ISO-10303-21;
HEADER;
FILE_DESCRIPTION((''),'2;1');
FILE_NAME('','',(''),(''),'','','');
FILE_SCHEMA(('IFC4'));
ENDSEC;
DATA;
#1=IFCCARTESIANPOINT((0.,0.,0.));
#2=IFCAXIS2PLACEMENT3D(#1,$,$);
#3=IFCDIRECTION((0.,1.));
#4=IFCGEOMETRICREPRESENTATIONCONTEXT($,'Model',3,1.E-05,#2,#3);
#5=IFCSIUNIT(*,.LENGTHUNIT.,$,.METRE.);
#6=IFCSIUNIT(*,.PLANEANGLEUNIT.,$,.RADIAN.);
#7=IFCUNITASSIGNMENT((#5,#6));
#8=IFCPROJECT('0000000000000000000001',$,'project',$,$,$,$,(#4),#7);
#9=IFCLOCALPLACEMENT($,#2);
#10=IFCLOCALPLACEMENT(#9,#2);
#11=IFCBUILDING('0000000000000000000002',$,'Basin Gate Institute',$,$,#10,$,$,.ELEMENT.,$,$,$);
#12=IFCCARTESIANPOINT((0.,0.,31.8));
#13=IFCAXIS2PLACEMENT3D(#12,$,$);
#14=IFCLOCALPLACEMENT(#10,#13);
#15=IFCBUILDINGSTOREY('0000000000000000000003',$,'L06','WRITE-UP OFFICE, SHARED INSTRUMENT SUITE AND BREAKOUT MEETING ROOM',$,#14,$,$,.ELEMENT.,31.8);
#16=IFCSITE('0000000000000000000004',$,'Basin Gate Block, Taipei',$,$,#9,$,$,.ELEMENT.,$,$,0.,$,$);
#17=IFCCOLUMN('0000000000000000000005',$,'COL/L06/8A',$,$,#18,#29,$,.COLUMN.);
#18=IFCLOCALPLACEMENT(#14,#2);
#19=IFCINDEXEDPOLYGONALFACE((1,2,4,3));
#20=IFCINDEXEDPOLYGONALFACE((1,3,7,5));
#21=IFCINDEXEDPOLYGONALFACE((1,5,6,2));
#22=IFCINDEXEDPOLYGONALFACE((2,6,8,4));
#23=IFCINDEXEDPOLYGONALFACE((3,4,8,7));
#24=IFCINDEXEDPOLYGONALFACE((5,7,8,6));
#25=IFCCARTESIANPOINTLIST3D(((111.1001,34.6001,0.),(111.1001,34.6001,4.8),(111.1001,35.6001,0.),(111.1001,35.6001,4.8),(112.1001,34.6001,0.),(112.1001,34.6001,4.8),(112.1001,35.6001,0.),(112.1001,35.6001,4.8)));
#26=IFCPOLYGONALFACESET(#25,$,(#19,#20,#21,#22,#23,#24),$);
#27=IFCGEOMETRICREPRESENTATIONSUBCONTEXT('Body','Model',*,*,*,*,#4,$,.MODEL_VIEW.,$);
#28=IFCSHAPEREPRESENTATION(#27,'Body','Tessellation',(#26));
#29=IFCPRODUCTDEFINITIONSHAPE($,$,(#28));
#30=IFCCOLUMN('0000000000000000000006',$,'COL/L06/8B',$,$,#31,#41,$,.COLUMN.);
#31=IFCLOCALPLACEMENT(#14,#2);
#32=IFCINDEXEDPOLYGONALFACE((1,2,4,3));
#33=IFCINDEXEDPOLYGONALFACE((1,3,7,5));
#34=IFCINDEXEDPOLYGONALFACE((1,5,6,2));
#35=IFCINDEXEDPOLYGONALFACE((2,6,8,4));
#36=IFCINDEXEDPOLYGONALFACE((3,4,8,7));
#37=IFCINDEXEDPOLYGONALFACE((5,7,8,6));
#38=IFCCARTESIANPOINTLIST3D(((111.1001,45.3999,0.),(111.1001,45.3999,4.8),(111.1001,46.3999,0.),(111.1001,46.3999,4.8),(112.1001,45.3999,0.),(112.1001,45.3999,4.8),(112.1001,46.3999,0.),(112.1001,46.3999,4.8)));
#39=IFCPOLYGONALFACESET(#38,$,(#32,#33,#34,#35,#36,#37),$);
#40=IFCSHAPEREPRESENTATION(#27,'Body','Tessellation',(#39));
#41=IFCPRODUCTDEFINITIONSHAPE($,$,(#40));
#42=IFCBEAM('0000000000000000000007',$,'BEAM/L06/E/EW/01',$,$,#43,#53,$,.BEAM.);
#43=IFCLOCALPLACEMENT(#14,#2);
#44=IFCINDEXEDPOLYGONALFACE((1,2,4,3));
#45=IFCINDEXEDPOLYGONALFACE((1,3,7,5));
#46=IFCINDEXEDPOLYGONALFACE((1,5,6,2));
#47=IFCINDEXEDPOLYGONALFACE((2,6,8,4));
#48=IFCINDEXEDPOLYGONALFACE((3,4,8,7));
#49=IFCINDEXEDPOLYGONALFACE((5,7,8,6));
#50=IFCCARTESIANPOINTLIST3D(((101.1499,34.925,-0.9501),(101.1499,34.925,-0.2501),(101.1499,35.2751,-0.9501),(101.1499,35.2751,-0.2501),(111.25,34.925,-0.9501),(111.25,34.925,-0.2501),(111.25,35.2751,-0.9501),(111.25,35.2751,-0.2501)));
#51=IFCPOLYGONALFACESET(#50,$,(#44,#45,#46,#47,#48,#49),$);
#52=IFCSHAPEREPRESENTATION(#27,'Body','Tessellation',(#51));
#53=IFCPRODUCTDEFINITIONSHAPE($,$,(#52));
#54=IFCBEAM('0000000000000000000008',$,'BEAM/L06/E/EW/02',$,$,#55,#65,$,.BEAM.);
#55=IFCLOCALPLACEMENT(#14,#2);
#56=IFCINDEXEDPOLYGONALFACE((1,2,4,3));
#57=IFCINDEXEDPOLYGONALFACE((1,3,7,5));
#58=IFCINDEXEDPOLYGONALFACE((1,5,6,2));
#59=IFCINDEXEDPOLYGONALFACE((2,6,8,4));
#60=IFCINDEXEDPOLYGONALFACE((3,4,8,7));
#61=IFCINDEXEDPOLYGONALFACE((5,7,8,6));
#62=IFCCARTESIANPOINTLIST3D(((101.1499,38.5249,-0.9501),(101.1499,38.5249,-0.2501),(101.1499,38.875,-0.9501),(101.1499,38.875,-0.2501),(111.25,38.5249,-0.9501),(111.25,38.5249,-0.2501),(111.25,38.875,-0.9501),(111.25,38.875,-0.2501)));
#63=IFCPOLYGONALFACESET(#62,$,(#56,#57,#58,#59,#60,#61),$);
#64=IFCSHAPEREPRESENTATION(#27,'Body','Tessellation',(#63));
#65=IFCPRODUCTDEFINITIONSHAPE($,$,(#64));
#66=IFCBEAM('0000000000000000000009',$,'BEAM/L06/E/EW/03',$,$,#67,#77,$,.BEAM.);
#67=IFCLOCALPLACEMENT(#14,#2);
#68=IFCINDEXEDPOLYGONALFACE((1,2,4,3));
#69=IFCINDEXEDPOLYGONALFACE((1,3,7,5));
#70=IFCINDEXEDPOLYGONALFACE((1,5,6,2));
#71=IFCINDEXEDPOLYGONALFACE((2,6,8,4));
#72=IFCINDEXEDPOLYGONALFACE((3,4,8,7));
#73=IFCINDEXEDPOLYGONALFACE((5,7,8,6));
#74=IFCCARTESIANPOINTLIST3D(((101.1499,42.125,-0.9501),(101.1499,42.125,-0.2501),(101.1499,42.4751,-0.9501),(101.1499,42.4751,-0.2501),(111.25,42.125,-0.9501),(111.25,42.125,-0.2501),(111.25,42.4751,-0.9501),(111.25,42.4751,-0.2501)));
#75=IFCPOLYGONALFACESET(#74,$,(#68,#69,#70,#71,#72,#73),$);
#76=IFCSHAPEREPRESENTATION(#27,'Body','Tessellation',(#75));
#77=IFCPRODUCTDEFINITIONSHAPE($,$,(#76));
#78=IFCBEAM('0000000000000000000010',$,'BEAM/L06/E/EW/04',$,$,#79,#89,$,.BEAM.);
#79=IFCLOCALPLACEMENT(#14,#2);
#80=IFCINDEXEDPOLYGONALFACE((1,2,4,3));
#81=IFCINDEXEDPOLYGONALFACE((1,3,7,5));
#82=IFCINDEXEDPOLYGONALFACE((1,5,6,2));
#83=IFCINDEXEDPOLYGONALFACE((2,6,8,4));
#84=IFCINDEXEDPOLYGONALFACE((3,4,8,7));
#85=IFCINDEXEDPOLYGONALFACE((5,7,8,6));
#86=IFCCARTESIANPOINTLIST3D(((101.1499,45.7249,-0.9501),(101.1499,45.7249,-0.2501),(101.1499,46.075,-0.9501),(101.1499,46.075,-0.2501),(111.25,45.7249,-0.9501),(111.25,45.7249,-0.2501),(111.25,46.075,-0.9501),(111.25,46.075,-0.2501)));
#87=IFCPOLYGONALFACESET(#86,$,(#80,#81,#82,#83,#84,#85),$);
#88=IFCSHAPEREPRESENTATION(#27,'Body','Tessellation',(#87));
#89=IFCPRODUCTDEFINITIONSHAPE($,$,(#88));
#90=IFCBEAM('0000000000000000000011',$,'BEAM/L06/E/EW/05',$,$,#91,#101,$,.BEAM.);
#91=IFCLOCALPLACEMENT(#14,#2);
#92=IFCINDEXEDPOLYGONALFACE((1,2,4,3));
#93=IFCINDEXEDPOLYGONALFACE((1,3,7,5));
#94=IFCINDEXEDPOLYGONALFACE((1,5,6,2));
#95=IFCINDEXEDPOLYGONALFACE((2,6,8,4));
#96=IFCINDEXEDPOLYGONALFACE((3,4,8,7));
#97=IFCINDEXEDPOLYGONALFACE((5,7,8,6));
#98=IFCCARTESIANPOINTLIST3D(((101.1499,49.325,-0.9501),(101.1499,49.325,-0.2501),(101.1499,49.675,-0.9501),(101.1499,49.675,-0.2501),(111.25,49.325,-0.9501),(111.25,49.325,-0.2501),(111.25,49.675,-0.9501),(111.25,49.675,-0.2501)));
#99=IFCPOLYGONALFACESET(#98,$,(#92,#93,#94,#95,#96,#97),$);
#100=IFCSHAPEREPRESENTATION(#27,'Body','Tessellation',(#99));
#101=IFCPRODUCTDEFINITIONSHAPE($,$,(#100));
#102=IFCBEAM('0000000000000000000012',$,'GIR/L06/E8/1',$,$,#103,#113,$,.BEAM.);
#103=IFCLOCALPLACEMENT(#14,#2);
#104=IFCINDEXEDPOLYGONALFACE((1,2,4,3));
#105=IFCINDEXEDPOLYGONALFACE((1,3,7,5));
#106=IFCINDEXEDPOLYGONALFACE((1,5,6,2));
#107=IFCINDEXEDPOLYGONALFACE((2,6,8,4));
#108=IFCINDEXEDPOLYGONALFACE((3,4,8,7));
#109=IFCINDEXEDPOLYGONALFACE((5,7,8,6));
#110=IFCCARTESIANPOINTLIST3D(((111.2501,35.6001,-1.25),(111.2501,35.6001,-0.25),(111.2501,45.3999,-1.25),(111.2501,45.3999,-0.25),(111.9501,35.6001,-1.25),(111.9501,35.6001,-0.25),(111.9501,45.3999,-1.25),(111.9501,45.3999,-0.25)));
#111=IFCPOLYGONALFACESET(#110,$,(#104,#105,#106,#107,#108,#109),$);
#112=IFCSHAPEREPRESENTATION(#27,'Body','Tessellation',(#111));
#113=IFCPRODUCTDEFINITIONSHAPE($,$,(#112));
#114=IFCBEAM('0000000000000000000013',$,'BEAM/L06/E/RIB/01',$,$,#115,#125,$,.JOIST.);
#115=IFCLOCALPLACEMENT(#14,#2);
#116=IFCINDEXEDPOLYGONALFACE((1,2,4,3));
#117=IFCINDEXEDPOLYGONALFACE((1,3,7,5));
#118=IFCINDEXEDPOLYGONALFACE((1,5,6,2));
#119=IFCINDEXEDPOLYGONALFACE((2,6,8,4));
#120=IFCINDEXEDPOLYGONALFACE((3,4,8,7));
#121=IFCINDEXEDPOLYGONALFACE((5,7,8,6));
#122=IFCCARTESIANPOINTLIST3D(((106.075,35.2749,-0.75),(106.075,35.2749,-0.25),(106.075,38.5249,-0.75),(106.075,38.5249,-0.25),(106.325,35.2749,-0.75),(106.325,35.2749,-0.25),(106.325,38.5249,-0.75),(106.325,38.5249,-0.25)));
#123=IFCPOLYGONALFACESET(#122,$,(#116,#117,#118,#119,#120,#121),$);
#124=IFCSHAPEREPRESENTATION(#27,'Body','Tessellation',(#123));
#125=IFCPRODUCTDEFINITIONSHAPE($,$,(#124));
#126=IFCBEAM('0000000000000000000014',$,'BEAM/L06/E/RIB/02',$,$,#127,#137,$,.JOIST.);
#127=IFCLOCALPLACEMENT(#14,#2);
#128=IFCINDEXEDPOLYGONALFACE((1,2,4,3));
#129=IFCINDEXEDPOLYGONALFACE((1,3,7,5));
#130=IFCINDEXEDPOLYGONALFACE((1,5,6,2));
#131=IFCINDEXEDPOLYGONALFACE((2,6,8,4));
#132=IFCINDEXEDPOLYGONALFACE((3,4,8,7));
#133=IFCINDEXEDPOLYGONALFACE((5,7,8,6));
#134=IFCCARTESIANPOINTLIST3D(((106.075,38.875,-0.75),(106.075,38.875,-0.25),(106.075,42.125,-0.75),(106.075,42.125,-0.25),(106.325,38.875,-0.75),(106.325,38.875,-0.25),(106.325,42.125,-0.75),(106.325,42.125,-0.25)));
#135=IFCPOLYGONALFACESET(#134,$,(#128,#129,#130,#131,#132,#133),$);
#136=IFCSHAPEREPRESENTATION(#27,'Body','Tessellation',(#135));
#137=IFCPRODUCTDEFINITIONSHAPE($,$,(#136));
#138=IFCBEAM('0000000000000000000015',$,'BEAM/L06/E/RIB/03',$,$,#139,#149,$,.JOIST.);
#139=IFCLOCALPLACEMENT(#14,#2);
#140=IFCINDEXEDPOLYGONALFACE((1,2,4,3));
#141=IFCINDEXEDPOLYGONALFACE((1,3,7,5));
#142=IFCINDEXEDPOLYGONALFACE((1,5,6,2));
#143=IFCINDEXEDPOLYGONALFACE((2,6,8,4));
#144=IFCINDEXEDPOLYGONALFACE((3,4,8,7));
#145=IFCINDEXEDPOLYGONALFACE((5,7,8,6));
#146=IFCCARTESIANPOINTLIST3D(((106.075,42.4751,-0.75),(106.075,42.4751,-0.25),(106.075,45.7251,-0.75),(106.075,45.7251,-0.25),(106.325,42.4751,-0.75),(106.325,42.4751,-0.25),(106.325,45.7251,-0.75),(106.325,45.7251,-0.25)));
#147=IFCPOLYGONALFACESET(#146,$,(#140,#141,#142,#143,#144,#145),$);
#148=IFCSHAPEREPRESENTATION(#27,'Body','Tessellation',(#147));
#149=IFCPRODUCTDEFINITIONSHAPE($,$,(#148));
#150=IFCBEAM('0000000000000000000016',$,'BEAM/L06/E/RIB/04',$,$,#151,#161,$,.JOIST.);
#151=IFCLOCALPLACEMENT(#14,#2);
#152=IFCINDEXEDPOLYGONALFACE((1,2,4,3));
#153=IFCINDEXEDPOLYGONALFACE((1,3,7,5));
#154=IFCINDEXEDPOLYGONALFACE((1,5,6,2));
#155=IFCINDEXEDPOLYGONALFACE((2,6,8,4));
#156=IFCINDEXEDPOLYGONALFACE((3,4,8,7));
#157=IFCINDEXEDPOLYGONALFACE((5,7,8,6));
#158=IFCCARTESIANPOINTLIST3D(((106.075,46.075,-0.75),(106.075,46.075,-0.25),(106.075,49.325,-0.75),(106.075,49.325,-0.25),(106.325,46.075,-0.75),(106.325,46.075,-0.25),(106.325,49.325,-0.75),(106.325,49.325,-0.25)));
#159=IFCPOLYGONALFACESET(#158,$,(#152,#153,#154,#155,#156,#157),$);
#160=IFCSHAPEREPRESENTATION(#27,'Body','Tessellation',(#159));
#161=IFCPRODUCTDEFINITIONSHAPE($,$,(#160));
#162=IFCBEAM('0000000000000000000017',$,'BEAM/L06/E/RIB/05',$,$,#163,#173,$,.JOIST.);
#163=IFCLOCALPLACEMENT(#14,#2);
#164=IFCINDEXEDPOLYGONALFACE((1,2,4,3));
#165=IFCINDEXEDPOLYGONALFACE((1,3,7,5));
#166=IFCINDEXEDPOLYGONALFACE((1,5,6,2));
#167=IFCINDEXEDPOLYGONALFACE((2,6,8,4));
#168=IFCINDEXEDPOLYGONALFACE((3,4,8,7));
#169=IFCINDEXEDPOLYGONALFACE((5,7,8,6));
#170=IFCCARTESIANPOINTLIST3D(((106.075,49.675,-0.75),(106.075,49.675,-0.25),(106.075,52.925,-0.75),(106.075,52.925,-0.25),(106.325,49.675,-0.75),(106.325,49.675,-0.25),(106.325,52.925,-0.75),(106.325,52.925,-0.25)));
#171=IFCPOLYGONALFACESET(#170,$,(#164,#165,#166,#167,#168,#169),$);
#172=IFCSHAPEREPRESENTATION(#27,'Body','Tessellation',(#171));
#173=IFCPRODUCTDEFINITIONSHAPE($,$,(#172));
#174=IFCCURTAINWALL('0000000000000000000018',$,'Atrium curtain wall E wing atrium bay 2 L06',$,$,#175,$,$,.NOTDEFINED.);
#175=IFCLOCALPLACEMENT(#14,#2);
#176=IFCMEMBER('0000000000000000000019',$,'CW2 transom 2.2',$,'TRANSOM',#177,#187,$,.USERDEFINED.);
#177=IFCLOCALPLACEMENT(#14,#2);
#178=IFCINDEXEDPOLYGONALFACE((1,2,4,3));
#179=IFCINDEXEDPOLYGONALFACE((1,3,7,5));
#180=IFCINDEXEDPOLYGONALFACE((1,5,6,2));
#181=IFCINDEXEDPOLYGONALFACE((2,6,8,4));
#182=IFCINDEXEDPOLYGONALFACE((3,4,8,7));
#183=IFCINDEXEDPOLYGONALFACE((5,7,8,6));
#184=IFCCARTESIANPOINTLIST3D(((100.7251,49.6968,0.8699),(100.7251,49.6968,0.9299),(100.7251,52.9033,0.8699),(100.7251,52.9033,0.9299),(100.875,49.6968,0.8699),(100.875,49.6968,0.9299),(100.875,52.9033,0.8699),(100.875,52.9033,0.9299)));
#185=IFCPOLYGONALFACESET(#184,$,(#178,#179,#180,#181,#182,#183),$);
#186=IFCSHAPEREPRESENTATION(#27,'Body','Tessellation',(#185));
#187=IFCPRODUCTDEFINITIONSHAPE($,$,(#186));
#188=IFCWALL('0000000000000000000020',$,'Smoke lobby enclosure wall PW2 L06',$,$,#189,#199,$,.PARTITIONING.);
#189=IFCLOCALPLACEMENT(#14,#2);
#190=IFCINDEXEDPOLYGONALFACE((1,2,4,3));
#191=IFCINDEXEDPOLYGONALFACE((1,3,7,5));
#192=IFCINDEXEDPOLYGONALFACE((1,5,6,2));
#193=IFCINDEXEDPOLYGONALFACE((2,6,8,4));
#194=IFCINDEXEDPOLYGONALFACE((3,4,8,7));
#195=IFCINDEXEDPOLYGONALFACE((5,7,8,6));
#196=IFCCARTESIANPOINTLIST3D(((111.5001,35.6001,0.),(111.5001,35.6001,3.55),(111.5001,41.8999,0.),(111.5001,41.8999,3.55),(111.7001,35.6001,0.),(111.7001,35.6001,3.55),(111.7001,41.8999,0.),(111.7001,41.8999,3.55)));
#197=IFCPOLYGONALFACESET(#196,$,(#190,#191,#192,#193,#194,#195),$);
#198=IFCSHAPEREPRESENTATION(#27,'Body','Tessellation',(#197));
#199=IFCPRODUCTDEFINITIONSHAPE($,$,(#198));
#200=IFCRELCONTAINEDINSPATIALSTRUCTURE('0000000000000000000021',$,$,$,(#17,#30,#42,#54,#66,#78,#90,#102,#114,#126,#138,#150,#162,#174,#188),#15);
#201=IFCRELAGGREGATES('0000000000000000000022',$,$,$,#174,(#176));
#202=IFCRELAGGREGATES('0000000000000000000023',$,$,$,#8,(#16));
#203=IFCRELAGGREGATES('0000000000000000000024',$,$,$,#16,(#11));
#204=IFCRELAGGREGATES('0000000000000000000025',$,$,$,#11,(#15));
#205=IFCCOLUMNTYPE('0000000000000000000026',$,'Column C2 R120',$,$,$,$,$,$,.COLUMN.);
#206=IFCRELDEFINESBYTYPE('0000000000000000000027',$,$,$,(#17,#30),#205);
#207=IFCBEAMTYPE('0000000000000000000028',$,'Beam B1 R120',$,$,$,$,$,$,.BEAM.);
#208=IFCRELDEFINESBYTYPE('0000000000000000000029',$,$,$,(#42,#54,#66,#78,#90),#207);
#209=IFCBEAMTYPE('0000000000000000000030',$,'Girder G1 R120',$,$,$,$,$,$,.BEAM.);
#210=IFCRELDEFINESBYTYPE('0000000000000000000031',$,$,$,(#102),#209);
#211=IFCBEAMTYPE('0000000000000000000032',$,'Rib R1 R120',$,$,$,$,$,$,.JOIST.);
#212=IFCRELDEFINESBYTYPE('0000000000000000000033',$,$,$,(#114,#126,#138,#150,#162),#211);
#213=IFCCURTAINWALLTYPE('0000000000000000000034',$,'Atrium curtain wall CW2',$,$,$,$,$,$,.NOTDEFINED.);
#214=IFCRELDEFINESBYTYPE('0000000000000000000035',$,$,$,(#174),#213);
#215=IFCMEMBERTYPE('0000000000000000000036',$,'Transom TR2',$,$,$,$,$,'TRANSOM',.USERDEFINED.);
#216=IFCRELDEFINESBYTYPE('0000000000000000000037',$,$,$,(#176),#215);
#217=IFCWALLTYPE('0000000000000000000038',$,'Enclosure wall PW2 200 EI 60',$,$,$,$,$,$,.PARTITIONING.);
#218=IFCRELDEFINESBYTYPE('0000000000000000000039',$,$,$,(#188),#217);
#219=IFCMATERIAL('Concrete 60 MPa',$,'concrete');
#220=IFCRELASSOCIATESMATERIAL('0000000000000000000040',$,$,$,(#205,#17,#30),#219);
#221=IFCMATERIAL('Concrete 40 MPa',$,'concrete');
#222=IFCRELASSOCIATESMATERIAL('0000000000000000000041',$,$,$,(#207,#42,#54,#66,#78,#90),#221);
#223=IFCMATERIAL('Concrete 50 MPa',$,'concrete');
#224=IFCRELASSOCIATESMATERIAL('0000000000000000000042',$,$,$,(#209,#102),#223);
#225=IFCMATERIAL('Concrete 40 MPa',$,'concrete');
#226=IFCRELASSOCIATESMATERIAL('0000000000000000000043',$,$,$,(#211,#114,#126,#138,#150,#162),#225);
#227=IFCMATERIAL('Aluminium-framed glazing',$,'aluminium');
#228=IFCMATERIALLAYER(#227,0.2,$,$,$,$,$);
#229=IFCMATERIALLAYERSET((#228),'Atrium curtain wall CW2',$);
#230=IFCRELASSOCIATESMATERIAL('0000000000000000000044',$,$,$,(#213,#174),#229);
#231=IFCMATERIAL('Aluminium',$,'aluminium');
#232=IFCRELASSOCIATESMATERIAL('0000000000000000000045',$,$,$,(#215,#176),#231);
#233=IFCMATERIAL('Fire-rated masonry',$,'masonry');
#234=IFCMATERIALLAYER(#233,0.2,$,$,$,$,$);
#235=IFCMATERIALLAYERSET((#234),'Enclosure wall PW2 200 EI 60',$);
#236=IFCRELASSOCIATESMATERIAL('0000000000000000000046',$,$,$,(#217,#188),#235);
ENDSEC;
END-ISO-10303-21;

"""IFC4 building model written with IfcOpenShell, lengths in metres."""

from ifc_helpers import new_model, si_unit, direction, frame, frame_2d, origin, origin_2d, place, context, subcontext, project, spatial, rectangle, extrude, material, layer, layer_set, material_profile, profile_set, type_object, element, aggregate, save


model = new_model("IFC4")

# Units and contexts
model_context = context("Model", 3, precision=1e-05, world=origin(), true_north=direction((0.0, 1.0)))
body_context = subcontext(model_context, "Body", "Model", "MODEL_VIEW")
ifc_project = project(units=[si_unit("LENGTHUNIT", "METRE"), si_unit("PLANEANGLEUNIT", "RADIAN")], contexts=[model_context])

# Site, building, storey
site_placement = place(None, origin())
site = spatial("IfcSite", under=ifc_project, at=site_placement, Name="Basin Gate Block, Taipei", CompositionType="ELEMENT", RefElevation=0.0)
building_placement = place(site_placement, origin())
building = spatial("IfcBuilding", under=site, at=building_placement, Name="Basin Gate Institute", CompositionType="ELEMENT")
storey_placement = place(building_placement, frame((0.0, 0.0, 31.8)))
storey = spatial("IfcBuildingStorey", under=building, at=storey_placement, Name="L06", Description="WRITE-UP OFFICE, SHARED INSTRUMENT SUITE AND BREAKOUT MEETING ROOM", CompositionType="ELEMENT", Elevation=31.8)

# Columns
ifc_material_1 = material(Name="Concrete 60 MPa", Category="concrete")
ifc_material_profile_1 = material_profile(ifc_material_1, rectangle(XDim=1.0, YDim=1.0, at=origin_2d()), Name="Column C2 1000 x 1000")
ifc_profile_set_1 = profile_set([ifc_material_profile_1], Name="Concrete 60 MPa")
column_type = type_object("IfcColumnType", Name="Column C2 R120", PredefinedType="COLUMN", material=ifc_profile_set_1)
for number, where, z_axis, x_axis, name in (
    (1, (111.6001, 35.1001, 0.0), (0.0, 0.0, 1.0), (1.0, 0.0, 0.0), "COL/L06/8A"),
    (2, (111.6001, 45.8999, 0.0), (0.0, 0.0, 1.0), (1.0, 0.0, 0.0), "COL/L06/8B"),
):
    element("IfcColumn", number, at=place(storey_placement, frame(where, z_axis=z_axis, x_axis=x_axis)), inside=storey, type_object=column_type, material=ifc_profile_set_1, Name=name, PredefinedType="COLUMN", context=body_context, shape_type="SweptSolid", body=[
        extrude(rectangle(XDim=1.0, YDim=1.0, at=origin_2d()), origin(), (0.0, 0.0, 1.0), 4.8),
    ])

# Beams
ifc_material_2 = material(Name="Concrete 40 MPa", Category="concrete")
ifc_material_profile_2 = material_profile(ifc_material_2, rectangle(XDim=0.3501, YDim=0.7, at=origin_2d()), Name="Beam B1 350 x 700")
ifc_profile_set_2 = profile_set([ifc_material_profile_2], Name="Concrete 40 MPa")
beam_type_1 = type_object("IfcBeamType", Name="Beam B1 R120", PredefinedType="BEAM", material=ifc_profile_set_2)
for number, where, z_axis, x_axis, name in (
    (3, (111.25, 35.1001, -0.6001), (-1.0, 0.0, 0.0), (0.0, -1.0, 0.0), "BEAM/L06/E/EW/01"),
    (4, (111.25, 38.7, -0.6001), (-1.0, 0.0, 0.0), (0.0, -1.0, 0.0), "BEAM/L06/E/EW/02"),
    (5, (111.25, 42.3, -0.6001), (-1.0, 0.0, 0.0), (0.0, -1.0, 0.0), "BEAM/L06/E/EW/03"),
    (6, (111.25, 45.8999, -0.6001), (-1.0, 0.0, 0.0), (0.0, -1.0, 0.0), "BEAM/L06/E/EW/04"),
    (7, (111.25, 49.5, -0.6001), (-1.0, 0.0, 0.0), (0.0, -1.0, 0.0), "BEAM/L06/E/EW/05"),
):
    element("IfcBeam", number, at=place(storey_placement, frame(where, z_axis=z_axis, x_axis=x_axis)), inside=storey, type_object=beam_type_1, material=ifc_profile_set_2, Name=name, PredefinedType="BEAM", context=body_context, shape_type="SweptSolid", body=[
        extrude(rectangle(XDim=0.3501, YDim=0.7, at=origin_2d()), origin(), (0.0, 0.0, 1.0), 10.1001),
    ])
ifc_material_3 = material(Name="Concrete 50 MPa", Category="concrete")
ifc_material_profile_3 = material_profile(ifc_material_3, rectangle(XDim=0.7, YDim=1.0, at=origin_2d()), Name="Girder G1 700 x 1000")
ifc_profile_set_3 = profile_set([ifc_material_profile_3], Name="Concrete 50 MPa")
beam_type_2 = type_object("IfcBeamType", Name="Girder G1 R120", PredefinedType="BEAM", material=ifc_profile_set_3)
beam_placement = place(storey_placement, frame((111.6001, 35.6001, -0.75), z_axis=(0.0, 1.0, 0.0), x_axis=(-1.0, 0.0, 0.0)))
element("IfcBeam", 8, at=beam_placement, inside=storey, type_object=beam_type_2, material=ifc_profile_set_3, Name="GIR/L06/E8/1", PredefinedType="BEAM", context=body_context, shape_type="SweptSolid", body=[
    extrude(rectangle(XDim=0.7, YDim=1.0, at=origin_2d()), origin(), (0.0, 0.0, 1.0), 9.7998),
])
ifc_material_4 = material(Name="Concrete 40 MPa", Category="concrete")
ifc_material_profile_4 = material_profile(ifc_material_4, rectangle(XDim=0.25, YDim=0.5, at=origin_2d()), Name="Rib R1 250 x 500")
ifc_profile_set_4 = profile_set([ifc_material_profile_4], Name="Concrete 40 MPa")
beam_type_3 = type_object("IfcBeamType", Name="Rib R1 R120", PredefinedType="JOIST", material=ifc_profile_set_4)
for number, where, z_axis, x_axis, name in (
    (9, (106.2, 35.2749, -0.5), (0.0, 1.0, 0.0), (-1.0, 0.0, 0.0), "BEAM/L06/E/RIB/01"),
    (10, (106.2, 38.875, -0.5), (0.0, 1.0, 0.0), (-1.0, 0.0, 0.0), "BEAM/L06/E/RIB/02"),
    (11, (106.2, 42.4751, -0.5), (0.0, 1.0, 0.0), (-1.0, 0.0, 0.0), "BEAM/L06/E/RIB/03"),
    (12, (106.2, 46.075, -0.5), (0.0, 1.0, 0.0), (-1.0, 0.0, 0.0), "BEAM/L06/E/RIB/04"),
    (13, (106.2, 49.675, -0.5), (0.0, 1.0, 0.0), (-1.0, 0.0, 0.0), "BEAM/L06/E/RIB/05"),
):
    element("IfcBeam", number, at=place(storey_placement, frame(where, z_axis=z_axis, x_axis=x_axis)), inside=storey, type_object=beam_type_3, material=ifc_profile_set_4, Name=name, PredefinedType="JOIST", context=body_context, shape_type="SweptSolid", body=[
        extrude(rectangle(XDim=0.25, YDim=0.5, at=origin_2d()), origin(), (0.0, 0.0, 1.0), 3.25),
    ])

# Curtain wall, member
ifc_material_5 = material(Name="Aluminium-framed glazing", Category="aluminium")
ifc_layer_1 = layer(ifc_material_5, 0.2)
ifc_layer_set_1 = layer_set([ifc_layer_1], Name="Atrium curtain wall CW2")
curtain_wall_type = type_object("IfcCurtainWallType", Name="Atrium curtain wall CW2", PredefinedType="NOTDEFINED", material=ifc_layer_set_1)
curtain_wall_placement = place(storey_placement, origin())
curtain_wall = element("IfcCurtainWall", 14, at=curtain_wall_placement, inside=storey, type_object=curtain_wall_type, material=ifc_layer_set_1, Name="Atrium curtain wall E wing atrium bay 2 L06", PredefinedType="NOTDEFINED")
ifc_material_6 = material(Name="Aluminium", Category="aluminium")
ifc_material_profile_5 = material_profile(ifc_material_6, rectangle(XDim=0.1499, YDim=0.0601, at=origin_2d()), Name="Transom TR2 150 x 60")
ifc_profile_set_5 = profile_set([ifc_material_profile_5], Name="Aluminium")
member_type = type_object("IfcMemberType", Name="Transom TR2", ElementType="TRANSOM", PredefinedType="USERDEFINED", material=ifc_profile_set_5)
member_placement = place(storey_placement, frame((100.8, 49.6968, 0.8999), z_axis=(0.0, 1.0, 0.0), x_axis=(-1.0, 0.0, 0.0)))
member = element("IfcMember", 15, at=member_placement, type_object=member_type, material=ifc_profile_set_5, Name="CW2 transom 2.2", ObjectType="TRANSOM", PredefinedType="USERDEFINED", context=body_context, shape_type="SweptSolid", body=[
    extrude(rectangle(XDim=0.1499, YDim=0.0601, at=origin_2d()), origin(), (0.0, 0.0, 1.0), 3.2065),
])
aggregate(curtain_wall, [member])

# Wall
ifc_material_7 = material(Name="Fire-rated masonry", Category="masonry")
ifc_layer_2 = layer(ifc_material_7, 0.2)
ifc_layer_set_2 = layer_set([ifc_layer_2], Name="Enclosure wall PW2 200 EI 60")
wall_type_1 = type_object("IfcWallType", Name="Enclosure wall PW2 200 EI 60", PredefinedType="PARTITIONING", material=ifc_layer_set_2)
wall_1_placement = place(storey_placement, frame((111.6001, 35.6001, 0.0), z_axis=(0.0, 0.0, 1.0), x_axis=(0.0, 1.0, 0.0)))
element("IfcWall", 16, at=wall_1_placement, inside=storey, type_object=wall_type_1, material=ifc_layer_set_2, Name="Smoke lobby enclosure wall PW2 L06", PredefinedType="PARTITIONING", context=body_context, shape_type="SweptSolid", body=[
    extrude(rectangle(XDim=6.2998, YDim=0.2, at=frame_2d((3.1499, 0.0))), origin(), (0.0, 0.0, 1.0), 3.55),
])

save(model, "model.ifc")
